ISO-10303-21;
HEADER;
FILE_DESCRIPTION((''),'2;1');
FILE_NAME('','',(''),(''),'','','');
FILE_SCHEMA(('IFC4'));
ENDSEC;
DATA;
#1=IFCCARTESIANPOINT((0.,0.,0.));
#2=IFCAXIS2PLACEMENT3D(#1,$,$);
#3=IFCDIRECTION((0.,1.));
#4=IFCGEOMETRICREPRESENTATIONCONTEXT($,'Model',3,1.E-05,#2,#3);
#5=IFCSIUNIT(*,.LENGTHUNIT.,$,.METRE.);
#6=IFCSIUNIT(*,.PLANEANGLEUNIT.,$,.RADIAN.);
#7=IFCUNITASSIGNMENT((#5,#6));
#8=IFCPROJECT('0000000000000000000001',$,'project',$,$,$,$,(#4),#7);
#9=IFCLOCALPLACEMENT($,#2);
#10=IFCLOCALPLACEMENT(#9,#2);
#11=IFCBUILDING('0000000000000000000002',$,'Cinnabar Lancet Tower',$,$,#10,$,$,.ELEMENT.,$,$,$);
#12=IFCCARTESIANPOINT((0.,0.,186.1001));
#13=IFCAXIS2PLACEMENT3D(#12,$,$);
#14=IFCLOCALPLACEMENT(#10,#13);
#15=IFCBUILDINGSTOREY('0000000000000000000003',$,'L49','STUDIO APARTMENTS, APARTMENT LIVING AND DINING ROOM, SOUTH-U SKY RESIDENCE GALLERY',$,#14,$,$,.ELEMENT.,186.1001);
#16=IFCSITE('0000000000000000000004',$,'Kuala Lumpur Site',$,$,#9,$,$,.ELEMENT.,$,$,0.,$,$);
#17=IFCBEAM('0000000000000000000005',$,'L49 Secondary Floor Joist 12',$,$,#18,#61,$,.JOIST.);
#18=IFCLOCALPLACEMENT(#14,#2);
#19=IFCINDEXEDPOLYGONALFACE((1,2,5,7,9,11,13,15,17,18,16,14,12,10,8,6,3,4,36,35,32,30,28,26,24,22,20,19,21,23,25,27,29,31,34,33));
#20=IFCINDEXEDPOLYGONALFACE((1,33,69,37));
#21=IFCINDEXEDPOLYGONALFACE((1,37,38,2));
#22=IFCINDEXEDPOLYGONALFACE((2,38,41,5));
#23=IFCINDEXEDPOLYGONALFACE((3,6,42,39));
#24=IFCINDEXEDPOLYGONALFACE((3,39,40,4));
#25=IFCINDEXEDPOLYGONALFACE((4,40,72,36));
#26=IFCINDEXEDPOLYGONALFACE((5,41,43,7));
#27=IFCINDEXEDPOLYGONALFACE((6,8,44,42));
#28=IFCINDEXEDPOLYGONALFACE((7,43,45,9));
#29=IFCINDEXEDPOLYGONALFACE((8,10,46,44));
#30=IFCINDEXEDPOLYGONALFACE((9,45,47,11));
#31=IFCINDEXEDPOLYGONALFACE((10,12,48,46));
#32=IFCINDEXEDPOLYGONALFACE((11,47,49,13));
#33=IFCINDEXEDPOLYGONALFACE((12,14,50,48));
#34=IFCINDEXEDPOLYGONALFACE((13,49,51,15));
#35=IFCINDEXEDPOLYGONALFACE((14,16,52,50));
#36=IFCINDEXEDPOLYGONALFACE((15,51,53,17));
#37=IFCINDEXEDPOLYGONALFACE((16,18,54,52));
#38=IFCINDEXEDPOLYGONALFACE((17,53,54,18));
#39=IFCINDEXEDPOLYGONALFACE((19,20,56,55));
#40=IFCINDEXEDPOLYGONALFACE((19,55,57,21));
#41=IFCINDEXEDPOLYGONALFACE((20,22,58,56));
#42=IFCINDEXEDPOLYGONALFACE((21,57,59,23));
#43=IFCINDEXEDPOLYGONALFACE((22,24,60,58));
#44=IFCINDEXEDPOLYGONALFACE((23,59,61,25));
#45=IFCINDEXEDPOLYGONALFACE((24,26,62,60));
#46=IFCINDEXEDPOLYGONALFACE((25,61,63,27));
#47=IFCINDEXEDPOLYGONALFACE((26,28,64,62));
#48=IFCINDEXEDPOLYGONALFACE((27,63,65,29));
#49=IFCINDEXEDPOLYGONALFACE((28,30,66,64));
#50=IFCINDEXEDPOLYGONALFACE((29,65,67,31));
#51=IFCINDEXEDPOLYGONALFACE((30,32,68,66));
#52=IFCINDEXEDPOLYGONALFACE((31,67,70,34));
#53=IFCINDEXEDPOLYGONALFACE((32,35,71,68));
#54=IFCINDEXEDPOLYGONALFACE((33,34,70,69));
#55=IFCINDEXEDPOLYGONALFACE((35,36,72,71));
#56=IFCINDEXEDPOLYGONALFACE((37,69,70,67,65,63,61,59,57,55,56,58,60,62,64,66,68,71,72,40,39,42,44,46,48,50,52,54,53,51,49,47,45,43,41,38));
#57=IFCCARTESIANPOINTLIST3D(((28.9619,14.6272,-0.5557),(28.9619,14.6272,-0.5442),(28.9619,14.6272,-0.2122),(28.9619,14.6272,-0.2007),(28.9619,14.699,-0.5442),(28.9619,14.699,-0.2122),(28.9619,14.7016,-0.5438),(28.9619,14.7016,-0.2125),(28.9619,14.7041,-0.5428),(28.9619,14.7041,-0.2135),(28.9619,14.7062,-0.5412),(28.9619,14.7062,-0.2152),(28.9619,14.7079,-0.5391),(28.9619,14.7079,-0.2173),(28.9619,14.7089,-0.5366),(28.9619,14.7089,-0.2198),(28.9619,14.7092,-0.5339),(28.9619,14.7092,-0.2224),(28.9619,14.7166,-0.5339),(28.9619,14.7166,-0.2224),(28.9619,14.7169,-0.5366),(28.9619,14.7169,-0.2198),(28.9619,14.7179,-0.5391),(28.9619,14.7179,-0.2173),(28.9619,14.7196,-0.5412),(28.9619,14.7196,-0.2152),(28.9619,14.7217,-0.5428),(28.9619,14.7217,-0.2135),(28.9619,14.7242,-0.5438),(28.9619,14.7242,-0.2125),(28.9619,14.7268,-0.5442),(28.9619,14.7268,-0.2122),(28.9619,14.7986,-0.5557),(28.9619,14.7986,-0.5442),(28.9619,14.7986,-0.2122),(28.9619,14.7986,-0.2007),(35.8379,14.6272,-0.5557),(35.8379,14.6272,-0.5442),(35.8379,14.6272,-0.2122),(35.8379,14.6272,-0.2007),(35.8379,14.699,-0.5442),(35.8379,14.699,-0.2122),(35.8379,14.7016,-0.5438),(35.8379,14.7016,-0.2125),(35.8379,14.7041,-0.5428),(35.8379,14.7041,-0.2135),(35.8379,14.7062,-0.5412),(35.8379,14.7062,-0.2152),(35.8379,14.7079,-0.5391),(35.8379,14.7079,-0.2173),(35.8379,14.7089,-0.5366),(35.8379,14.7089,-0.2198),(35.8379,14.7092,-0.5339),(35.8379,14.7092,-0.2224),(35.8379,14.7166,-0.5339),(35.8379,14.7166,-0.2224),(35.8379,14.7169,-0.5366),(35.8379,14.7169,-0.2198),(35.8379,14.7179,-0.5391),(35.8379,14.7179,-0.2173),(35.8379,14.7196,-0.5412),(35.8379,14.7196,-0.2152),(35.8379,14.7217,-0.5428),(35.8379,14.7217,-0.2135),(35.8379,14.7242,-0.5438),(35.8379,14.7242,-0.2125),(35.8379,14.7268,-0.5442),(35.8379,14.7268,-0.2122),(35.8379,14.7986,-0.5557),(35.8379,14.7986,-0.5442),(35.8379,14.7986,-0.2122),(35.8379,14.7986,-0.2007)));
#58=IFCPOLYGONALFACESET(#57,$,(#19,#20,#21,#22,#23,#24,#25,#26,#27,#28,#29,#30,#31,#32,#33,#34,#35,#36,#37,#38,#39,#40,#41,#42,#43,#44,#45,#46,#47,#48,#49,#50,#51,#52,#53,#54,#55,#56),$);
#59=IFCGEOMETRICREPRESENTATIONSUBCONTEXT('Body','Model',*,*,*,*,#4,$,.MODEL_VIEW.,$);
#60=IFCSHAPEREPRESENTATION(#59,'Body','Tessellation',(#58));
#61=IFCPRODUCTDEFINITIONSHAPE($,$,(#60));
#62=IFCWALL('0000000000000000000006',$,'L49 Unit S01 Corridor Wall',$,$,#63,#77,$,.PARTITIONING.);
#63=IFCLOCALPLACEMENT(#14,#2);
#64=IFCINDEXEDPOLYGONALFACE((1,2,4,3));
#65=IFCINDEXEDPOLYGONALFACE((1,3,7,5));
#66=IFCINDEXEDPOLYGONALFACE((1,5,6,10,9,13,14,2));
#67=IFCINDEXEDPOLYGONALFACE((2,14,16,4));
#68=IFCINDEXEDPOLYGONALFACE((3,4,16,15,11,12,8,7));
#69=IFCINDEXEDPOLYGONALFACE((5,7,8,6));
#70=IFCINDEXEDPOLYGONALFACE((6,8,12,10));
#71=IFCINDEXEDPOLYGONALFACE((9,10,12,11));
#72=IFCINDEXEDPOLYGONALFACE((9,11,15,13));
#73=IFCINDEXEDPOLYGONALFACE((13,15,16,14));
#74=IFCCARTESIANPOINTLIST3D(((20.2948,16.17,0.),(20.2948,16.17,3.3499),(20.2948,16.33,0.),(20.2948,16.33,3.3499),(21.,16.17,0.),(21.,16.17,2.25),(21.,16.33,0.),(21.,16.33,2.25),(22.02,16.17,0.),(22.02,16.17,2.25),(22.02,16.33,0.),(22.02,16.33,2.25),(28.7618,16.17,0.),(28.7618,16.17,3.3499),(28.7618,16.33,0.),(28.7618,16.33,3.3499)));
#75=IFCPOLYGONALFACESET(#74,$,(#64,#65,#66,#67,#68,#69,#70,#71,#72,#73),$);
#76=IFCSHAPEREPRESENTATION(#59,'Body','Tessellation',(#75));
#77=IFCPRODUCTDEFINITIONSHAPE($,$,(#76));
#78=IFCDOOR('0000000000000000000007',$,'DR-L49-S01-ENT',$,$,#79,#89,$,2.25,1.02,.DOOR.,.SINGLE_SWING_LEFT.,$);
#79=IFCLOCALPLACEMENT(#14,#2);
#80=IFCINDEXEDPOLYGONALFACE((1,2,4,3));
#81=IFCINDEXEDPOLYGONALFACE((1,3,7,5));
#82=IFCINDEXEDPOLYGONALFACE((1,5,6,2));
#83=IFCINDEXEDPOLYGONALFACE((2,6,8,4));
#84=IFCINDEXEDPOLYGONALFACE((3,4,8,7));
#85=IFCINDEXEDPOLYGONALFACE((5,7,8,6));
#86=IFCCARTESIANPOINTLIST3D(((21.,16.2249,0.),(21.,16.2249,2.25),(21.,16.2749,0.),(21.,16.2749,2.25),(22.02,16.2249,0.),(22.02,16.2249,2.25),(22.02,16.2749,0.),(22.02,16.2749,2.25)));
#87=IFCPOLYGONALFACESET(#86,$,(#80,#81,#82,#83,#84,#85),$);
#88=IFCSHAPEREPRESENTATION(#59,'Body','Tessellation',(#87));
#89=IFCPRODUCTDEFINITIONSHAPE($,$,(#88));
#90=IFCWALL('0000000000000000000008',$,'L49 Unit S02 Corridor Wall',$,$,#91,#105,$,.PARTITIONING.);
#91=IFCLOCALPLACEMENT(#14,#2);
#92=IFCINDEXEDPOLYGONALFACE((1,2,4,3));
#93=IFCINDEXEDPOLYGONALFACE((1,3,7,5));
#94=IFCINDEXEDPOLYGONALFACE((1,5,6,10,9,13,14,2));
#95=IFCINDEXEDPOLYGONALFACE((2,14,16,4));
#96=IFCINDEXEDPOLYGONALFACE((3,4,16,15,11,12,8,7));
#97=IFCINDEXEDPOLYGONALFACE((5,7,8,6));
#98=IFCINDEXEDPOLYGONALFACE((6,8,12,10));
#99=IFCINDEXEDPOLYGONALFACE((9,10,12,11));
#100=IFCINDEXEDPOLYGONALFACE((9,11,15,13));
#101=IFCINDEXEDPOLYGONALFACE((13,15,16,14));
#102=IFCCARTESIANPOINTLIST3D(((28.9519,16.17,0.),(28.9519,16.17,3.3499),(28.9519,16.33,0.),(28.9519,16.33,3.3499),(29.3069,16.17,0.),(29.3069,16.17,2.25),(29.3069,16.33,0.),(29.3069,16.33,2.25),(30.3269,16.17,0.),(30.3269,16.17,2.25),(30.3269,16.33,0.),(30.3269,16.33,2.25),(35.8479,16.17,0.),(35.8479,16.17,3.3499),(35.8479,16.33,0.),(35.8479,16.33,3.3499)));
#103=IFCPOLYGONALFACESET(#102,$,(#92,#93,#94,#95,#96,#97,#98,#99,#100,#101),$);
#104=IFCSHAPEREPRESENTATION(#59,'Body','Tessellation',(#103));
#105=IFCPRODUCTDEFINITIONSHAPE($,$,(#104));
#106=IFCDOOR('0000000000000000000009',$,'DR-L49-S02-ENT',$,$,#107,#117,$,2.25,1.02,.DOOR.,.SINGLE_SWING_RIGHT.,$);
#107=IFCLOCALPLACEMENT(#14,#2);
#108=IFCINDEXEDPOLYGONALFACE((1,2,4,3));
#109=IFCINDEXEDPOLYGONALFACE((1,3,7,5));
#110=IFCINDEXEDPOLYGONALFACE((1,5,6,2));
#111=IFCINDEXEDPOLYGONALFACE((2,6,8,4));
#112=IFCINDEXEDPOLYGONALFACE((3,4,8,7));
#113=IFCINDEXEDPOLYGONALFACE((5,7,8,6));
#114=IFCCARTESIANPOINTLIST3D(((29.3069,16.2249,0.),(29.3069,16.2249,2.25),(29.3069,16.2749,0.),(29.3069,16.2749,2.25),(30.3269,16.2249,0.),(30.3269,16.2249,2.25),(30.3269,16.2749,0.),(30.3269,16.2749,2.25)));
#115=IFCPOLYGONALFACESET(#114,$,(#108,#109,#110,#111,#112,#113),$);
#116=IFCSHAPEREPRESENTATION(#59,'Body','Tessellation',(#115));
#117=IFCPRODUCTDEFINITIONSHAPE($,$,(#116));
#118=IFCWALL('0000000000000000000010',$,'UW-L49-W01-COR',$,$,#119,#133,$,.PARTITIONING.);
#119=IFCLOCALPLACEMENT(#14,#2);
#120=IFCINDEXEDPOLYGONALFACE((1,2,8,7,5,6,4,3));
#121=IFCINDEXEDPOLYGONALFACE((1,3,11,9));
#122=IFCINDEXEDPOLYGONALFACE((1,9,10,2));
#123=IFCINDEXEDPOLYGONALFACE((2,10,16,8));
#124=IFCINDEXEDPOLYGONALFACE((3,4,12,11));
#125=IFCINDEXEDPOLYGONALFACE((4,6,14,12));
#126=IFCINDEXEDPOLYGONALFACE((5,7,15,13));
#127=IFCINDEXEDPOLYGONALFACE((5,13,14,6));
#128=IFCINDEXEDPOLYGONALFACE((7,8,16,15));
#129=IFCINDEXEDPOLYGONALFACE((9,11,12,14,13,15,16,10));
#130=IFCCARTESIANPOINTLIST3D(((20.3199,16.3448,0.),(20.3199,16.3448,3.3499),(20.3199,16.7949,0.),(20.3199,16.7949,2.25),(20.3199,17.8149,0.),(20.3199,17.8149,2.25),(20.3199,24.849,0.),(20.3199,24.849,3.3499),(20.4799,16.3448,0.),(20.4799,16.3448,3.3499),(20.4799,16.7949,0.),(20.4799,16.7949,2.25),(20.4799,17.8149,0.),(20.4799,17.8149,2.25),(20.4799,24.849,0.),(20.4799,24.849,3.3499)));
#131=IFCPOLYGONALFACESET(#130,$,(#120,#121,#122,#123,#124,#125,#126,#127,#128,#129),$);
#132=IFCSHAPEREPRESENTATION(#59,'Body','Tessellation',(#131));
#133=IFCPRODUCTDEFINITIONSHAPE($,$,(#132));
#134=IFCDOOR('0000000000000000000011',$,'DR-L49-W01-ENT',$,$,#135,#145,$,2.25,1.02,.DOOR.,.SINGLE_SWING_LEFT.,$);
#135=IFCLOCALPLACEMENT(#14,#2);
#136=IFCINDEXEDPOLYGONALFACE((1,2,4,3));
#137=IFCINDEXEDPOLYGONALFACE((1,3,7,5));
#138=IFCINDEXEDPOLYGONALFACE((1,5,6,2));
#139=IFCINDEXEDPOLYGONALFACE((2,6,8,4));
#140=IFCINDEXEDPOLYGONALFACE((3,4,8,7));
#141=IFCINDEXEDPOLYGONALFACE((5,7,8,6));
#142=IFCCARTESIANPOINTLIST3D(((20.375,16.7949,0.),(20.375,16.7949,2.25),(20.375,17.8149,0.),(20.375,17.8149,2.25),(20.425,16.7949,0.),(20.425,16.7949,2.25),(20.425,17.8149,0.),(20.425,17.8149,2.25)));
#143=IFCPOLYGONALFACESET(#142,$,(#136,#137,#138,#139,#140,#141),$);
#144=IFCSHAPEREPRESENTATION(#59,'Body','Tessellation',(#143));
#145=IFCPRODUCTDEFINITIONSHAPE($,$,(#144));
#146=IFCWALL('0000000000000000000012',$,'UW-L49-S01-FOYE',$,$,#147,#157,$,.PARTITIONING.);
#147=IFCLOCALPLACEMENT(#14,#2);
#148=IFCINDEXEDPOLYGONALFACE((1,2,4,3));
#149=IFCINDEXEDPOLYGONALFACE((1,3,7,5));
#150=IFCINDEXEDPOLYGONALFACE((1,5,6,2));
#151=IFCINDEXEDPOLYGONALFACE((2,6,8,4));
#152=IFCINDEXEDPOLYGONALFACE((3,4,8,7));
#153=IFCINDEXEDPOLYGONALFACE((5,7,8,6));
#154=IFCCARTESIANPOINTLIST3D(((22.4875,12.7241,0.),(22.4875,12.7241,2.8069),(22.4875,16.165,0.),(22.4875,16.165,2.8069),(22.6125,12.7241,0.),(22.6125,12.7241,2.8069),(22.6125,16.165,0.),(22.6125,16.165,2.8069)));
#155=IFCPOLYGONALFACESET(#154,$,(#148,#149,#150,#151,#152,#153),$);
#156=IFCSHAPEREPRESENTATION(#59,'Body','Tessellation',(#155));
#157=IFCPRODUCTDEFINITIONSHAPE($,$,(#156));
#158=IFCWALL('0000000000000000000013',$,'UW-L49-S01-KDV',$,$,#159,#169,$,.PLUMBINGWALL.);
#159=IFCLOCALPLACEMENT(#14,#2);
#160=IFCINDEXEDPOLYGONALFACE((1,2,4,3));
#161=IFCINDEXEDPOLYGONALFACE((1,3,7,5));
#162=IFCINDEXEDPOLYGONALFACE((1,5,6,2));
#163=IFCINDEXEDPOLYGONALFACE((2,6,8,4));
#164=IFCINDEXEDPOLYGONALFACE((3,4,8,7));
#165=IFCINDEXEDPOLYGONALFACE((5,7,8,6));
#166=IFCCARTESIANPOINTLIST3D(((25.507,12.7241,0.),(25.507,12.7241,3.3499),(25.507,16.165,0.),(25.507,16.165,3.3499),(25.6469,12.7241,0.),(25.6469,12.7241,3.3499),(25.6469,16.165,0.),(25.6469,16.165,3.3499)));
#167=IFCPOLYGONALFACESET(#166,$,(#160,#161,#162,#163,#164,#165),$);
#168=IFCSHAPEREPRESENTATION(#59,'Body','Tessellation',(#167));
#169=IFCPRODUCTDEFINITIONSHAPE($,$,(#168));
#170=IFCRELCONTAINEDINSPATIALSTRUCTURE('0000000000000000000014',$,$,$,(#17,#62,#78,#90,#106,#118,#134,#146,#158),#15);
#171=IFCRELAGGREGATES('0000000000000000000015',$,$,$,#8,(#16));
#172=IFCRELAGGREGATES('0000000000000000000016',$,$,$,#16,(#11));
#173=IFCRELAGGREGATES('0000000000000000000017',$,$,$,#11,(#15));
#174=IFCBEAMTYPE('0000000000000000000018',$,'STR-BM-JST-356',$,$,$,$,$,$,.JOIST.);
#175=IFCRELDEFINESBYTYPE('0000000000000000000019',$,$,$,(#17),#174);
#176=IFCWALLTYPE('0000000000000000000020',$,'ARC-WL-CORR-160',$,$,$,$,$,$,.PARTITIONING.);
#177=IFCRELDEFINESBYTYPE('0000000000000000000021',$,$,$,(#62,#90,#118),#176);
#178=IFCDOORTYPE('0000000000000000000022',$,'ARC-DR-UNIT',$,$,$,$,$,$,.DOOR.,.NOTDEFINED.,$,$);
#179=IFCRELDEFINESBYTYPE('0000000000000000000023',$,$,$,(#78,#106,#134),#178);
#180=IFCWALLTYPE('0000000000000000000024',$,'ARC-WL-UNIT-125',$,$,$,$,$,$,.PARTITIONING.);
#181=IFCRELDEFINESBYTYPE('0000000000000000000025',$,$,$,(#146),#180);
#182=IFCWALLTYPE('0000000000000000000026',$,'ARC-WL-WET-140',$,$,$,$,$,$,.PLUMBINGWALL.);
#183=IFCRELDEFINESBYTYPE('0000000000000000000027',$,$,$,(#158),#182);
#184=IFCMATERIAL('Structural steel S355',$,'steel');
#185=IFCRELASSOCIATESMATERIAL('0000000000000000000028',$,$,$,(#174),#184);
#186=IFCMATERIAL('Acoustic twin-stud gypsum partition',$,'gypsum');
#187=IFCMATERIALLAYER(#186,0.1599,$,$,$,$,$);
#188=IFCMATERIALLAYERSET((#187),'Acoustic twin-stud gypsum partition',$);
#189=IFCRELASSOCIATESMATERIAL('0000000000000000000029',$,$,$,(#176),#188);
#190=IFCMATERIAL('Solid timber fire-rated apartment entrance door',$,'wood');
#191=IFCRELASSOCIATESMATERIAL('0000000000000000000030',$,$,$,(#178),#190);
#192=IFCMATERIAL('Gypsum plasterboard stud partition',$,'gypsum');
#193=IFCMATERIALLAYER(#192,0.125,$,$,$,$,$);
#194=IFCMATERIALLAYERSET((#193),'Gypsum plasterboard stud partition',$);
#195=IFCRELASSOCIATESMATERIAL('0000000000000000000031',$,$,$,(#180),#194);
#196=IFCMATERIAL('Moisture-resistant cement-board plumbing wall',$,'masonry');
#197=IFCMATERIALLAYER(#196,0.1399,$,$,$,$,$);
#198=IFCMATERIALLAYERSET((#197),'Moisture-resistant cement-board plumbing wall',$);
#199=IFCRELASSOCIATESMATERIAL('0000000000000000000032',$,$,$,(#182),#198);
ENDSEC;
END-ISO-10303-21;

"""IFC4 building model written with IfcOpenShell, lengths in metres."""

from ifc_helpers import new_model, si_unit, direction, frame, frame_2d, origin, origin_2d, place, context, subcontext, project, spatial, rectangle, i_section, extrude, material, layer, layer_set, material_profile, profile_set, type_object, element, fill, save


model = new_model("IFC4")

# Units and contexts
model_context = context("Model", 3, precision=1e-05, world=origin(), true_north=direction((0.0, 1.0)))
body_context = subcontext(model_context, "Body", "Model", "MODEL_VIEW")
ifc_project = project(units=[si_unit("LENGTHUNIT", "METRE"), si_unit("PLANEANGLEUNIT", "RADIAN")], contexts=[model_context])

# Site, building, storey
site_placement = place(None, origin())
site = spatial("IfcSite", under=ifc_project, at=site_placement, Name="Kuala Lumpur Site", CompositionType="ELEMENT", RefElevation=0.0)
building_placement = place(site_placement, origin())
building = spatial("IfcBuilding", under=site, at=building_placement, Name="Cinnabar Lancet Tower", CompositionType="ELEMENT")
storey_placement = place(building_placement, frame((0.0, 0.0, 186.1001)))
storey = spatial("IfcBuildingStorey", under=building, at=storey_placement, Name="L49", Description="STUDIO APARTMENTS, APARTMENT LIVING AND DINING ROOM, SOUTH-U SKY RESIDENCE GALLERY", CompositionType="ELEMENT", Elevation=186.1001)

# Beam
ifc_material_1 = material(Name="Structural steel S355", Category="steel")
ifc_material_profile_1 = material_profile(ifc_material_1, i_section(OverallWidth=0.1714, OverallDepth=0.355, WebThickness=0.0073, FlangeThickness=0.0115, FilletRadius=0.0103, at=origin_2d()), Name="UKB 356x171x51")
ifc_profile_set_1 = profile_set([ifc_material_profile_1], Name="Structural steel S355")
beam_type = type_object("IfcBeamType", Name="STR-BM-JST-356", PredefinedType="JOIST", material=ifc_profile_set_1)
beam_1_placement = place(storey_placement, frame((28.9619, 14.7129, -0.3782), z_axis=(1.0, 0.0, 0.0), x_axis=(0.0, 1.0, 0.0)))
element("IfcBeam", 1, at=beam_1_placement, inside=storey, type_object=beam_type, Name="L49 Secondary Floor Joist 12", PredefinedType="JOIST", context=body_context, shape_type="SweptSolid", body=[
    extrude(i_section(OverallWidth=0.1714, OverallDepth=0.355, WebThickness=0.0073, FlangeThickness=0.0115, FilletRadius=0.0103, at=origin_2d()), origin(), (0.0, 0.0, 1.0), 6.876),
])

# Walls, openings, doors
ifc_material_2 = material(Name="Acoustic twin-stud gypsum partition", Category="gypsum")
ifc_layer_1 = layer(ifc_material_2, 0.1599)
ifc_layer_set_1 = layer_set([ifc_layer_1], Name="Acoustic twin-stud gypsum partition")
wall_type_1 = type_object("IfcWallType", Name="ARC-WL-CORR-160", PredefinedType="PARTITIONING", material=ifc_layer_set_1)
wall_1_placement = place(storey_placement, frame((20.2949, 16.25, 0.0), z_axis=(0.0, 0.0, 1.0), x_axis=(1.0, 0.0, 0.0)))
wall_1 = element("IfcWall", 2, at=wall_1_placement, inside=storey, type_object=wall_type_1, Name="L49 Unit S01 Corridor Wall", PredefinedType="PARTITIONING", context=body_context, shape_type="SweptSolid", body=[
    extrude(rectangle(XDim=8.467, YDim=0.1599, at=frame_2d((4.2334, 0.0))), origin(), (0.0, 0.0, 1.0), 3.3499),
])
opening_1_placement = place(wall_1_placement, frame((0.7051, 0.0, 0.0)))
opening_1 = element("IfcOpeningElement", 3, at=opening_1_placement, cuts=wall_1, PredefinedType="OPENING", context=body_context, shape_type="SweptSolid", body=[
    extrude(rectangle(XDim=1.02, YDim=2.25, at=frame_2d((0.51, 1.125))), frame((0.0, 0.0898, 0.0), z_axis=(0.0, -1.0, 0.0), x_axis=(1.0, 0.0, 0.0)), (0.0, 0.0, 1.0), 0.1799),
])
ifc_material_3 = material(Name="Solid timber fire-rated apartment entrance door", Category="wood")
door_type = type_object("IfcDoorType", Name="ARC-DR-UNIT", OperationType="NOTDEFINED", PredefinedType="DOOR", material=ifc_material_3)
door_1_placement = place(opening_1_placement, origin())
door_1 = element("IfcDoor", 4, at=door_1_placement, inside=storey, type_object=door_type, Name="DR-L49-S01-ENT", OperationType="SINGLE_SWING_LEFT", OverallHeight=2.25, OverallWidth=1.02, PredefinedType="DOOR", context=body_context, shape_type="SweptSolid", body=[
    extrude(rectangle(XDim=1.02, YDim=2.25, at=frame_2d((0.51, 1.125))), frame((0.0, 0.0249, 0.0), z_axis=(0.0, -1.0, 0.0), x_axis=(1.0, 0.0, 0.0)), (0.0, 0.0, 1.0), 0.05),
])
fill(opening_1, door_1)
wall_2_placement = place(storey_placement, frame((28.9519, 16.25, 0.0), z_axis=(0.0, 0.0, 1.0), x_axis=(1.0, 0.0, 0.0)))
wall_2 = element("IfcWall", 5, at=wall_2_placement, inside=storey, type_object=wall_type_1, Name="L49 Unit S02 Corridor Wall", PredefinedType="PARTITIONING", context=body_context, shape_type="SweptSolid", body=[
    extrude(rectangle(XDim=6.896, YDim=0.1599, at=frame_2d((3.448, 0.0))), origin(), (0.0, 0.0, 1.0), 3.3499),
])
opening_2_placement = place(wall_2_placement, frame((0.355, 0.0, 0.0)))
opening_2 = element("IfcOpeningElement", 6, at=opening_2_placement, cuts=wall_2, PredefinedType="OPENING", context=body_context, shape_type="SweptSolid", body=[
    extrude(rectangle(XDim=1.02, YDim=2.25, at=frame_2d((0.51, 1.125))), frame((0.0, 0.0898, 0.0), z_axis=(0.0, -1.0, 0.0), x_axis=(1.0, 0.0, 0.0)), (0.0, 0.0, 1.0), 0.1799),
])
door_2_placement = place(opening_2_placement, origin())
door_2 = element("IfcDoor", 7, at=door_2_placement, inside=storey, type_object=door_type, Name="DR-L49-S02-ENT", OperationType="SINGLE_SWING_RIGHT", OverallHeight=2.25, OverallWidth=1.02, PredefinedType="DOOR", context=body_context, shape_type="SweptSolid", body=[
    extrude(rectangle(XDim=1.02, YDim=2.25, at=frame_2d((0.51, 1.125))), frame((0.0, 0.0249, 0.0), z_axis=(0.0, -1.0, 0.0), x_axis=(1.0, 0.0, 0.0)), (0.0, 0.0, 1.0), 0.05),
])
fill(opening_2, door_2)
wall_3_placement = place(storey_placement, frame((20.3999, 16.345, 0.0), z_axis=(0.0, 0.0, 1.0), x_axis=(0.0, 1.0, 0.0)))
wall_3 = element("IfcWall", 8, at=wall_3_placement, inside=storey, type_object=wall_type_1, Name="UW-L49-W01-COR", PredefinedType="PARTITIONING", context=body_context, shape_type="SweptSolid", body=[
    extrude(rectangle(XDim=8.5042, YDim=0.1599, at=frame_2d((4.252, 0.0))), origin(), (0.0, 0.0, 1.0), 3.3499),
])
opening_3_placement = place(wall_3_placement, frame((0.45, 0.0, 0.0)))
opening_3 = element("IfcOpeningElement", 9, at=opening_3_placement, cuts=wall_3, PredefinedType="OPENING", context=body_context, shape_type="SweptSolid", body=[
    extrude(rectangle(XDim=1.02, YDim=2.25, at=frame_2d((0.51, 1.125))), frame((0.0, 0.0898, 0.0), z_axis=(0.0, -1.0, 0.0), x_axis=(1.0, 0.0, 0.0)), (0.0, 0.0, 1.0), 0.1799),
])
door_3_placement = place(opening_3_placement, origin())
door_3 = element("IfcDoor", 10, at=door_3_placement, inside=storey, type_object=door_type, Name="DR-L49-W01-ENT", OperationType="SINGLE_SWING_LEFT", OverallHeight=2.25, OverallWidth=1.02, PredefinedType="DOOR", context=body_context, shape_type="SweptSolid", body=[
    extrude(rectangle(XDim=1.02, YDim=2.25, at=frame_2d((0.51, 1.125))), frame((0.0, 0.0249, 0.0), z_axis=(0.0, -1.0, 0.0), x_axis=(1.0, 0.0, 0.0)), (0.0, 0.0, 1.0), 0.05),
])
fill(opening_3, door_3)

# Walls
ifc_material_4 = material(Name="Gypsum plasterboard stud partition", Category="gypsum")
ifc_layer_2 = layer(ifc_material_4, 0.125)
ifc_layer_set_2 = layer_set([ifc_layer_2], Name="Gypsum plasterboard stud partition")
wall_type_2 = type_object("IfcWallType", Name="ARC-WL-UNIT-125", PredefinedType="PARTITIONING", material=ifc_layer_set_2)
wall_4_placement = place(storey_placement, frame((22.55, 12.7241, 0.0), z_axis=(0.0, 0.0, 1.0), x_axis=(0.0, 1.0, 0.0)))
element("IfcWall", 11, at=wall_4_placement, inside=storey, type_object=wall_type_2, Name="UW-L49-S01-FOYE", PredefinedType="PARTITIONING", context=body_context, shape_type="SweptSolid", body=[
    extrude(rectangle(XDim=3.4409, YDim=0.125, at=frame_2d((1.7205, 0.0))), origin(), (0.0, 0.0, 1.0), 2.8069),
])
ifc_material_5 = material(Name="Moisture-resistant cement-board plumbing wall", Category="masonry")
ifc_layer_3 = layer(ifc_material_5, 0.1399)
ifc_layer_set_3 = layer_set([ifc_layer_3], Name="Moisture-resistant cement-board plumbing wall")
wall_type_3 = type_object("IfcWallType", Name="ARC-WL-WET-140", PredefinedType="PLUMBINGWALL", material=ifc_layer_set_3)
wall_5_placement = place(storey_placement, frame((25.5769, 12.7241, 0.0), z_axis=(0.0, 0.0, 1.0), x_axis=(0.0, 1.0, 0.0)))
element("IfcWall", 12, at=wall_5_placement, inside=storey, type_object=wall_type_3, Name="UW-L49-S01-KDV", PredefinedType="PLUMBINGWALL", context=body_context, shape_type="SweptSolid", body=[
    extrude(rectangle(XDim=3.4409, YDim=0.1399, at=frame_2d((1.7205, 0.0))), origin(), (0.0, 0.0, 1.0), 3.3499),
])

save(model, "model.ifc")
